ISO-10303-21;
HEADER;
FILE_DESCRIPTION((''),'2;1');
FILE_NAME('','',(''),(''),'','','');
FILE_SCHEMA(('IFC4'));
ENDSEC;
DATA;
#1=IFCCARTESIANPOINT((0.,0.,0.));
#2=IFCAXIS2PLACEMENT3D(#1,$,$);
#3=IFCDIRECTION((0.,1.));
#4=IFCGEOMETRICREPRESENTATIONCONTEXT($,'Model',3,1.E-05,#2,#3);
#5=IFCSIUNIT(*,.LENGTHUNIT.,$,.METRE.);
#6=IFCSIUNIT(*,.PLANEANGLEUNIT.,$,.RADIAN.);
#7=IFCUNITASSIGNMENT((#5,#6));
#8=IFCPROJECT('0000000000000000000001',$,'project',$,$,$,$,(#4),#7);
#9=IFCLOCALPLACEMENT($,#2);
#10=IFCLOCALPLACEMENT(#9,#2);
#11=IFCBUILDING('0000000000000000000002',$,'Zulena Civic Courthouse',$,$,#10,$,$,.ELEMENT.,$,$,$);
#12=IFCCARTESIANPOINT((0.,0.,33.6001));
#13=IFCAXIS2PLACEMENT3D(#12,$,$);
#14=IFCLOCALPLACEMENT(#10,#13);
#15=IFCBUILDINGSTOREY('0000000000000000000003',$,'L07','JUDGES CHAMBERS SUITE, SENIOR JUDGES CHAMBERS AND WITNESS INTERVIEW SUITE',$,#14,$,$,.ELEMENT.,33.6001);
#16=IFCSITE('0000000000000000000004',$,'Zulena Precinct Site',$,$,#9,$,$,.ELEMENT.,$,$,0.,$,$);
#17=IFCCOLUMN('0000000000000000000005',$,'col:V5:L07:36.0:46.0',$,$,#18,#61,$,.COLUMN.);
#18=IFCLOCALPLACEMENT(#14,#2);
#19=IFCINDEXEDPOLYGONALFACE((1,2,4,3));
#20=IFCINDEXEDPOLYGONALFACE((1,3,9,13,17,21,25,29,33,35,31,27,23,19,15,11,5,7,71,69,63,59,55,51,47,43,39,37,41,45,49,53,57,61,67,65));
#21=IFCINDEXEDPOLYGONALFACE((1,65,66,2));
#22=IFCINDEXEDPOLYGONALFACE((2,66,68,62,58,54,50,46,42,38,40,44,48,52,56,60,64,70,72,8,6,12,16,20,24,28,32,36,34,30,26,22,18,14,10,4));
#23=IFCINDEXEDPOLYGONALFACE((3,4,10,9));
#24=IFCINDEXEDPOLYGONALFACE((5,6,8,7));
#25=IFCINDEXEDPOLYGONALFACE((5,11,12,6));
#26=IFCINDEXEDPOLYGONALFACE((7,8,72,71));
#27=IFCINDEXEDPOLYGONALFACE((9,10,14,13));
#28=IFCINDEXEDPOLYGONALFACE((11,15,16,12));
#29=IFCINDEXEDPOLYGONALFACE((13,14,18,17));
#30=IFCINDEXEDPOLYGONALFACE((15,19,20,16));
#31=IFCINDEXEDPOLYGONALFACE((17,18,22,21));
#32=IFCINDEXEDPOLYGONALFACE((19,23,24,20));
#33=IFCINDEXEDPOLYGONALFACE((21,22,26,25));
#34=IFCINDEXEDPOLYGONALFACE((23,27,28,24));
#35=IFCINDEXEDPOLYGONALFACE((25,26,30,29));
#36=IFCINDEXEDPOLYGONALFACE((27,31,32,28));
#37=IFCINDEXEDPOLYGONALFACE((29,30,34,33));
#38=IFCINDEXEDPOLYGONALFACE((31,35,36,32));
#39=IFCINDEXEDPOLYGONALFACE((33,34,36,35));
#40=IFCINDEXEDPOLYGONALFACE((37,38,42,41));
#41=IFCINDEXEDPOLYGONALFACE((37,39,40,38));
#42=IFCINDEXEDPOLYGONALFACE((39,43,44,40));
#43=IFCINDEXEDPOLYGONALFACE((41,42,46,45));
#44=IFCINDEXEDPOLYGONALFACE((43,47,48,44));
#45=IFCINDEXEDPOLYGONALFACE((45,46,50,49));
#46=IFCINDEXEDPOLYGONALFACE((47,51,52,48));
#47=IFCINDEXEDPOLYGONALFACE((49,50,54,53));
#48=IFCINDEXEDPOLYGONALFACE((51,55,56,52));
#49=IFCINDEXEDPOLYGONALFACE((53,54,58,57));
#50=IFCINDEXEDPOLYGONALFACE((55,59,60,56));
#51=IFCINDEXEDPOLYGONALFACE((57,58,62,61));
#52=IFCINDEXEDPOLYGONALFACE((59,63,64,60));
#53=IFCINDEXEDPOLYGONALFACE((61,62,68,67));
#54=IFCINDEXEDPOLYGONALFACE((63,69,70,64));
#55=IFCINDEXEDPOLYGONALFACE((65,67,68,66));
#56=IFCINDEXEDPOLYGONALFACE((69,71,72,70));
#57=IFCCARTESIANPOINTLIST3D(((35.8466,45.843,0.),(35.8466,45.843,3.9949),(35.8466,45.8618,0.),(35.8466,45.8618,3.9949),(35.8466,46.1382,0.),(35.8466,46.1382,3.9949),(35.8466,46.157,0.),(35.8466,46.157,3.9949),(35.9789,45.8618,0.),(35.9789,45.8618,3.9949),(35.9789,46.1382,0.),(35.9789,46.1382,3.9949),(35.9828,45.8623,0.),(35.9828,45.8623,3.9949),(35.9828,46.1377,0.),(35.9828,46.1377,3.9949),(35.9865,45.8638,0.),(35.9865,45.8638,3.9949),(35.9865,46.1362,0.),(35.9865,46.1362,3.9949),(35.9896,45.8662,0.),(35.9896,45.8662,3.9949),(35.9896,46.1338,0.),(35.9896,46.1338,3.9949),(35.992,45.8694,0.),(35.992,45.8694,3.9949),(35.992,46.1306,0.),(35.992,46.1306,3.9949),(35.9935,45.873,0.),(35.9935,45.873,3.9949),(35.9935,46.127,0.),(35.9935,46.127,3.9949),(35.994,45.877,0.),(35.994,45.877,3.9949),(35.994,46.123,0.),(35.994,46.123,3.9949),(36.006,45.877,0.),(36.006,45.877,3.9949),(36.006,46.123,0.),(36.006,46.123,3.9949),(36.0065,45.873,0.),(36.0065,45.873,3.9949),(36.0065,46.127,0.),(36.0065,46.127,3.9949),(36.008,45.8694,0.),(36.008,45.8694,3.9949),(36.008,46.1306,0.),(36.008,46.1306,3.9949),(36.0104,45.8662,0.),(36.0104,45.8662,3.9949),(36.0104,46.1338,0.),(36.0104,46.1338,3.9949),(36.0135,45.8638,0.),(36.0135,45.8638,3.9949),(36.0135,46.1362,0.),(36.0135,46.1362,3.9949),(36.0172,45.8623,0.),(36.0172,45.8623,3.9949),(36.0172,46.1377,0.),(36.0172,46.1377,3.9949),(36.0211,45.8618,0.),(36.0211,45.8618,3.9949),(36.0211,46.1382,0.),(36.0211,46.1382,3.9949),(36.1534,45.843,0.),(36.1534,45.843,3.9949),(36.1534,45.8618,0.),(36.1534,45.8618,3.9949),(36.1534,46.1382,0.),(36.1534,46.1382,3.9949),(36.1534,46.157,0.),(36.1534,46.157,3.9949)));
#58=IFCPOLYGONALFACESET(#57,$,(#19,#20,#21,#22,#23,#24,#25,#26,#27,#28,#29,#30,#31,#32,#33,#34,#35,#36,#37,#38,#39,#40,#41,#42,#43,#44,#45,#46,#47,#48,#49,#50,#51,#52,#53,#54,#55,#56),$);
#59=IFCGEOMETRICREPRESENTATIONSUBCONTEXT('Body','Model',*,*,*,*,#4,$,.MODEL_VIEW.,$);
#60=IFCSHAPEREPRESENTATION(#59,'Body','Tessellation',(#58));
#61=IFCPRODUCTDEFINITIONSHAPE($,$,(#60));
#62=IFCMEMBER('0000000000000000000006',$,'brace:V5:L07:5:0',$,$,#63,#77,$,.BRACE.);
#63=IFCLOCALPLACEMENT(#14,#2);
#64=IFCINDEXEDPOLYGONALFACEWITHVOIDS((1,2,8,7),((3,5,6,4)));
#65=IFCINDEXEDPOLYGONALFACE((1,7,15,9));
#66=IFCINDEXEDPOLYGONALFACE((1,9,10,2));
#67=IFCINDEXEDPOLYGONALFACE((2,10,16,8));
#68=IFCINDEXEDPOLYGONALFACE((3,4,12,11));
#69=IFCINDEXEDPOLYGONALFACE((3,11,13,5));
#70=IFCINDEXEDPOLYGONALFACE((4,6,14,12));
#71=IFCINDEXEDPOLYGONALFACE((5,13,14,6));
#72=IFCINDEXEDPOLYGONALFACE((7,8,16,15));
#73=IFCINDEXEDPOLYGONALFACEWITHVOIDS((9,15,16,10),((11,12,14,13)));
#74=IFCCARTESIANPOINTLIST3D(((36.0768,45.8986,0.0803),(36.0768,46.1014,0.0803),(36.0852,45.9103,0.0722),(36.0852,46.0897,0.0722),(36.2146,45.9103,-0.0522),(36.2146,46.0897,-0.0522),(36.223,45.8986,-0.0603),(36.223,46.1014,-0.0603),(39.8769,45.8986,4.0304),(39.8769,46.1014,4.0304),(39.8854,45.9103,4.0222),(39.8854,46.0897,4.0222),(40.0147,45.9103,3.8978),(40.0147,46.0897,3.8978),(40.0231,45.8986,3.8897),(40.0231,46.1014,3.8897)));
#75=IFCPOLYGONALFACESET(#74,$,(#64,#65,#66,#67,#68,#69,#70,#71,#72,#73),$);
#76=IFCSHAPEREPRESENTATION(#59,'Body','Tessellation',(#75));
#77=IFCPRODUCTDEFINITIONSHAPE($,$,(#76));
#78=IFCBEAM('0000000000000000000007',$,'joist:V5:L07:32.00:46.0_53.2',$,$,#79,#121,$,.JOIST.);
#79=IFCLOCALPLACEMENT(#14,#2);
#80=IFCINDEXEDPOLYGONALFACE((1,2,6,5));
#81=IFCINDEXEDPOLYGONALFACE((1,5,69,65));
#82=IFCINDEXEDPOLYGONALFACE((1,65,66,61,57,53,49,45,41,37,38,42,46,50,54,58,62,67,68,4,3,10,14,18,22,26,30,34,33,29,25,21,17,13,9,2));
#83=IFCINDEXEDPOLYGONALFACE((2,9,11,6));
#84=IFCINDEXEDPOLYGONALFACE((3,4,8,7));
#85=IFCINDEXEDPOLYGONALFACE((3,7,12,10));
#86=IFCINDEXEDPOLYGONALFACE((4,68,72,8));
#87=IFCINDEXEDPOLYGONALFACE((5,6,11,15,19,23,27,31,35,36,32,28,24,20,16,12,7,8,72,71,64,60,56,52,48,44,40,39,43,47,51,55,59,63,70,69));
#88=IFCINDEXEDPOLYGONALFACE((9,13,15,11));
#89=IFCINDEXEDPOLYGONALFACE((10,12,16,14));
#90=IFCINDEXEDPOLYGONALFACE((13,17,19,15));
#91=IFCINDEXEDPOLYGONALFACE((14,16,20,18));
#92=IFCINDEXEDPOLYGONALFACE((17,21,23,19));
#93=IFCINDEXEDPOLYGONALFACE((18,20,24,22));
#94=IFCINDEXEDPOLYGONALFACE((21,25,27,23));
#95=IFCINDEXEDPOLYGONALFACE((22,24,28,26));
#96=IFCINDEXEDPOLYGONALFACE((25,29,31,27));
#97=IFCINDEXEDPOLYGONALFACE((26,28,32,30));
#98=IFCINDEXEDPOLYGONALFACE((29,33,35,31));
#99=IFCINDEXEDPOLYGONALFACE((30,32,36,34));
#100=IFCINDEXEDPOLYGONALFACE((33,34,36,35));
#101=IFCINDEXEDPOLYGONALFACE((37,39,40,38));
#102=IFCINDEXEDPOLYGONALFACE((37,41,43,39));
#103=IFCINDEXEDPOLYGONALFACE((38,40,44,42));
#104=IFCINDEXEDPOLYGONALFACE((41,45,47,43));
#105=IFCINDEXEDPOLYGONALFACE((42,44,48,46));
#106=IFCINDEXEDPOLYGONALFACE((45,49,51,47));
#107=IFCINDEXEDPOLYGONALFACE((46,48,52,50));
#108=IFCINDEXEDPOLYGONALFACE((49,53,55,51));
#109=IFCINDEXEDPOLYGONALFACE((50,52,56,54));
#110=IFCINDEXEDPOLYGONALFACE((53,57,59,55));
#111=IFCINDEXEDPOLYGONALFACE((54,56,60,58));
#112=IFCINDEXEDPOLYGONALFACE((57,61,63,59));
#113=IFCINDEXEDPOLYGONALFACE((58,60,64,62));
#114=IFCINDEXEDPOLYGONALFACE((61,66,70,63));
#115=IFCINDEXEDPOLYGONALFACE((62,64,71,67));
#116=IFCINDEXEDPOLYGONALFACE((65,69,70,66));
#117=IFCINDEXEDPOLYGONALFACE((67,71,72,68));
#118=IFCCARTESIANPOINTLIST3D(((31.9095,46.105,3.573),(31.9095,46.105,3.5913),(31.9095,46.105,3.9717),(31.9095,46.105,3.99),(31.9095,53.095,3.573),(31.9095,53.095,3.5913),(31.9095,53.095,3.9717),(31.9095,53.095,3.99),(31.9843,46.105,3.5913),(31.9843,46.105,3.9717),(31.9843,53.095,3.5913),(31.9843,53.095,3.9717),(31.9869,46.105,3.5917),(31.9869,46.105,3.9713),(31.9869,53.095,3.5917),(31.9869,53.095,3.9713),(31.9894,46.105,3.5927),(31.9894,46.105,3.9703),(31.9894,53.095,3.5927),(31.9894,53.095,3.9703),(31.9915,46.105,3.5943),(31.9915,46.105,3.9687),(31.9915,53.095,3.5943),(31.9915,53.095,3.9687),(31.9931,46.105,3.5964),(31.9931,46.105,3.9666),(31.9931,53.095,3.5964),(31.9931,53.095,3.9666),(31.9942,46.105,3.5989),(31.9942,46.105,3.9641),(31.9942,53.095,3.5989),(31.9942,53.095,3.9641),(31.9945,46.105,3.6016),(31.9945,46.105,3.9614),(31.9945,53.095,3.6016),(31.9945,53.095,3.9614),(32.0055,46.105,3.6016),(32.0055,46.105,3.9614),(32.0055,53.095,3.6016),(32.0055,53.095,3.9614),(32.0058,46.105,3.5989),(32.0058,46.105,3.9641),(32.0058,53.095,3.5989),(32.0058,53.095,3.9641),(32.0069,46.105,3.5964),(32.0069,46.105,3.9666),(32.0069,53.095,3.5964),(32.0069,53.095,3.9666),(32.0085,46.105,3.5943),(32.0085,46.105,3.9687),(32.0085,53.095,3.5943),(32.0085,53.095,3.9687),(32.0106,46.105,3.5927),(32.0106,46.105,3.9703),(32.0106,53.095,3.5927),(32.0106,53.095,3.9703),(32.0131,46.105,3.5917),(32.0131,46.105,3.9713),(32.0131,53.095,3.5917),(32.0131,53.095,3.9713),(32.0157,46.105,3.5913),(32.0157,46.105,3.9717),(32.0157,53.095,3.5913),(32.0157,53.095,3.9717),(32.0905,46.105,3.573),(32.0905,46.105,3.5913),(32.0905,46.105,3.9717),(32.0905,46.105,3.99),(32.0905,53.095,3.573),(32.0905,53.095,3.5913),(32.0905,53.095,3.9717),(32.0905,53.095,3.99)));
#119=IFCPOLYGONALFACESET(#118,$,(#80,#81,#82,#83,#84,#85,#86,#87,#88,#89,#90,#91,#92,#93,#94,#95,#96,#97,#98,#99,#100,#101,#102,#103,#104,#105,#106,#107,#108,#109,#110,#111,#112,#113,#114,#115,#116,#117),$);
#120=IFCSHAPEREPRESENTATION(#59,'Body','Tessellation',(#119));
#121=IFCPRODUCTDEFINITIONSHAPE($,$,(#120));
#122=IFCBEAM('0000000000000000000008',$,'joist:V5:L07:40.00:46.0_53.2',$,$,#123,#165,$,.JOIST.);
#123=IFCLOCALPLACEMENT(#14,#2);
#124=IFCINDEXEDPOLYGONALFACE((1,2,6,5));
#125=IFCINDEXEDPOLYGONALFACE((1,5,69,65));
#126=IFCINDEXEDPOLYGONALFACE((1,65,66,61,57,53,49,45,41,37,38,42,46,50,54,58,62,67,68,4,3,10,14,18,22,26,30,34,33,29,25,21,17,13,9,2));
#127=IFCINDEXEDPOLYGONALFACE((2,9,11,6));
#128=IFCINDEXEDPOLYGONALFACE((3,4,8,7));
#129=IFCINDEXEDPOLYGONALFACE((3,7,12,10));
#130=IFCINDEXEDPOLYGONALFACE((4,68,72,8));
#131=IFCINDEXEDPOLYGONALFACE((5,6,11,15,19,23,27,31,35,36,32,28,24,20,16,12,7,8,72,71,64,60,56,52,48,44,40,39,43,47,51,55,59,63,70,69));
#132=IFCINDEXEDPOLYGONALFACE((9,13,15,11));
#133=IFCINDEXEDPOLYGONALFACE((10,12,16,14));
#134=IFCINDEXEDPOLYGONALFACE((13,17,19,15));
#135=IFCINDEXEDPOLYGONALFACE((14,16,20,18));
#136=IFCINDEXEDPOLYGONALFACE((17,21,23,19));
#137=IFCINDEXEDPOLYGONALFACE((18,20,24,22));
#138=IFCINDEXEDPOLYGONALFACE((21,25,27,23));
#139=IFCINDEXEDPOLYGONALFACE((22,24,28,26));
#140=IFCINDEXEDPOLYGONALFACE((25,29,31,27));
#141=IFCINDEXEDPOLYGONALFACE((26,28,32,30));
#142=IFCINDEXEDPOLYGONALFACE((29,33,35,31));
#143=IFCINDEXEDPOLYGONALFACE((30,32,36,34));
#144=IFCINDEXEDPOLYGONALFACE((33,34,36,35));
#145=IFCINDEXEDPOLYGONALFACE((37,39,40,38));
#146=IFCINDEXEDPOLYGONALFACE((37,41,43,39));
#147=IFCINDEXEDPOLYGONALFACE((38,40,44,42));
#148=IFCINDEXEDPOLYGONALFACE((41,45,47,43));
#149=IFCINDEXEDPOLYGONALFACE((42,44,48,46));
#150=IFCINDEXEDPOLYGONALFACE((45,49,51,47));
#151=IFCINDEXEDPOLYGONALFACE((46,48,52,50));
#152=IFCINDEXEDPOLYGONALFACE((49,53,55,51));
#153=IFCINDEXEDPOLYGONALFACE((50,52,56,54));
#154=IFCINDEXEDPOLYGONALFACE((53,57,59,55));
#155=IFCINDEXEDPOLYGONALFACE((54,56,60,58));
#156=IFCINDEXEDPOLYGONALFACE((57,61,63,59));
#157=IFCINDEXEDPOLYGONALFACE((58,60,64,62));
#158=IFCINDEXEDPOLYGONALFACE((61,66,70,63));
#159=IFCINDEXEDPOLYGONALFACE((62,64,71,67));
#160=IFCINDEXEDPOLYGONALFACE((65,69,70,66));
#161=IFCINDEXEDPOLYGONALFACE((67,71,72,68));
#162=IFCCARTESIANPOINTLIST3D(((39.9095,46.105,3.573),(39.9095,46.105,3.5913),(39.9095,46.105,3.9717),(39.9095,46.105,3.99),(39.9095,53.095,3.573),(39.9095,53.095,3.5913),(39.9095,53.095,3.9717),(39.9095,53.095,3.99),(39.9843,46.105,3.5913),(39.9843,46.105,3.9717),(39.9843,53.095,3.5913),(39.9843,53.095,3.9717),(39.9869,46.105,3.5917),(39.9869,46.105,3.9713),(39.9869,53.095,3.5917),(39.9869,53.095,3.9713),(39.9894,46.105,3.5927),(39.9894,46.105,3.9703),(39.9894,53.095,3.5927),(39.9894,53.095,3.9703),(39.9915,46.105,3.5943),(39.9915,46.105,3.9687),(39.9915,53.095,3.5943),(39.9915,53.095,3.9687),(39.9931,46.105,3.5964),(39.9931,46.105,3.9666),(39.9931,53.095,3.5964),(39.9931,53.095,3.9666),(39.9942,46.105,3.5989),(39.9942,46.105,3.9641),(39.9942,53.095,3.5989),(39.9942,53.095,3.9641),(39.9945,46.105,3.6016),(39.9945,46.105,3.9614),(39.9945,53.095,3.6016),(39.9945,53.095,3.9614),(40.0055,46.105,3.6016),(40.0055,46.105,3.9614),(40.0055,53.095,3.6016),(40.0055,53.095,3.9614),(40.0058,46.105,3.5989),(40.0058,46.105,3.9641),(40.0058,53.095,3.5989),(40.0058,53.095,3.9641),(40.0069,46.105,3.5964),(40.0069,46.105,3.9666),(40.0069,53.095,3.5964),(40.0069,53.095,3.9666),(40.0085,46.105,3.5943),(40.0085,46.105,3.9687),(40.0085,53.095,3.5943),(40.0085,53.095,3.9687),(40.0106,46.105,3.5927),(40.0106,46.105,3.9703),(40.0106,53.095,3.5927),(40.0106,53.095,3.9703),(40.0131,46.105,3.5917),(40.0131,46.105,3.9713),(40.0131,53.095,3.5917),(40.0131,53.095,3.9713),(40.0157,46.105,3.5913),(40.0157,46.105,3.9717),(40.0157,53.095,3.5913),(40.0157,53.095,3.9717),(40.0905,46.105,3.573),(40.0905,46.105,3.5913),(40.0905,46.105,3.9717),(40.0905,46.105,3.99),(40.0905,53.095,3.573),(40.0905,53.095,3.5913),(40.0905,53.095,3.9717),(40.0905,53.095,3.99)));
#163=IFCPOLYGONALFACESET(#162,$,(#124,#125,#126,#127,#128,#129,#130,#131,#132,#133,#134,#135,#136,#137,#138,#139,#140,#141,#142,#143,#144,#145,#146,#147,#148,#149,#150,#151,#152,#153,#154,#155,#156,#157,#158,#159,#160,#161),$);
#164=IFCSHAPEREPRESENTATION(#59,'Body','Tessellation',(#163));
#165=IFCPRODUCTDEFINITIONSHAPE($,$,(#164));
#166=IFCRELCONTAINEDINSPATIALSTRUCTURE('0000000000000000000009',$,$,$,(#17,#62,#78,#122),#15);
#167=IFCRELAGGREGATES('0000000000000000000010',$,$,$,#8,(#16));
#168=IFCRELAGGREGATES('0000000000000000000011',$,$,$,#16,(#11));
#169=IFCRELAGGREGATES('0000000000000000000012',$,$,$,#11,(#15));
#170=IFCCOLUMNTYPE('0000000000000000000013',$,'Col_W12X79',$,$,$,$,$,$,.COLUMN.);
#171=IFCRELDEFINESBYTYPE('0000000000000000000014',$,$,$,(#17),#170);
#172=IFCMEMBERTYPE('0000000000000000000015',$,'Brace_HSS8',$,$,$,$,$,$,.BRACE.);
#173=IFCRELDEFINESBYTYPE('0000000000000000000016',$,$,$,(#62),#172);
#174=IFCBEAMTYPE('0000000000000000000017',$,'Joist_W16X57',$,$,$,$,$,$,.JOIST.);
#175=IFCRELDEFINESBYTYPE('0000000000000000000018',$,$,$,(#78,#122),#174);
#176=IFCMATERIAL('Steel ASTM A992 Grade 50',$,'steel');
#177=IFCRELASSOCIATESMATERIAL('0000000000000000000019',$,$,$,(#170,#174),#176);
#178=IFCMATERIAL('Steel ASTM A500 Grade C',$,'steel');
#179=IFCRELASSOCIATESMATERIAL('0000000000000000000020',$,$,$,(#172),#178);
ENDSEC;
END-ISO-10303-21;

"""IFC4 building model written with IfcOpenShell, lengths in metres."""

from ifc_helpers import new_model, si_unit, direction, frame, origin, origin_2d, place, context, subcontext, project, spatial, hollow_rectangle, i_section, extrude, material, material_profile, profile_set, type_object, element, save


model = new_model("IFC4")

# Units and contexts
model_context = context("Model", 3, precision=1e-05, world=origin(), true_north=direction((0.0, 1.0)))
body_context = subcontext(model_context, "Body", "Model", "MODEL_VIEW")
ifc_project = project(units=[si_unit("LENGTHUNIT", "METRE"), si_unit("PLANEANGLEUNIT", "RADIAN")], contexts=[model_context])

# Site, building, storey
site_placement = place(None, origin())
site = spatial("IfcSite", under=ifc_project, at=site_placement, Name="Zulena Precinct Site", CompositionType="ELEMENT", RefElevation=0.0)
building_placement = place(site_placement, origin())
building = spatial("IfcBuilding", under=site, at=building_placement, Name="Zulena Civic Courthouse", CompositionType="ELEMENT")
storey_placement = place(building_placement, frame((0.0, 0.0, 33.6001)))
storey = spatial("IfcBuildingStorey", under=building, at=storey_placement, Name="L07", Description="JUDGES CHAMBERS SUITE, SENIOR JUDGES CHAMBERS AND WITNESS INTERVIEW SUITE", CompositionType="ELEMENT", Elevation=33.6001)

# Column
ifc_material_1 = material(Name="Steel ASTM A992 Grade 50", Category="steel")
ifc_material_profile_1 = material_profile(ifc_material_1, i_section(OverallWidth=0.3069, OverallDepth=0.314, WebThickness=0.012, FlangeThickness=0.0188, FilletRadius=0.0151, at=origin_2d()), Name="W12X79")
ifc_profile_set_1 = profile_set([ifc_material_profile_1], Name="Steel ASTM A992 Grade 50")
column_type = type_object("IfcColumnType", Name="Col_W12X79", PredefinedType="COLUMN", material=ifc_profile_set_1)
column_placement = place(storey_placement, frame((36.0, 46.0, 0.0), z_axis=(0.0, 0.0, 1.0), x_axis=(1.0, 0.0, 0.0)))
element("IfcColumn", 1, at=column_placement, inside=storey, type_object=column_type, Name="col:V5:L07:36.0:46.0", PredefinedType="COLUMN", context=body_context, shape_type="SweptSolid", body=[
    extrude(i_section(OverallWidth=0.3069, OverallDepth=0.314, WebThickness=0.012, FlangeThickness=0.0188, FilletRadius=0.0151, at=origin_2d()), origin(), (0.0, 0.0, 1.0), 3.9949),
])

# Member
ifc_material_2 = material(Name="Steel ASTM A500 Grade C", Category="steel")
ifc_material_profile_2 = material_profile(ifc_material_2, hollow_rectangle(XDim=0.2029, YDim=0.2029, WallThickness=0.0117, at=origin_2d()), Name="HSS8X8X1/2")
ifc_profile_set_2 = profile_set([ifc_material_profile_2], Name="Steel ASTM A500 Grade C")
member_type = type_object("IfcMemberType", Name="Brace_HSS8", PredefinedType="BRACE", material=ifc_profile_set_2)
member_placement = place(storey_placement, frame((36.1499, 46.0, 0.01), z_axis=(0.6933, 0.0, 0.720649), x_axis=(0.0, 1.0, 0.0)))
element("IfcMember", 2, at=member_placement, inside=storey, type_object=member_type, Name="brace:V5:L07:5:0", PredefinedType="BRACE", context=body_context, shape_type="SweptSolid", body=[
    extrude(hollow_rectangle(XDim=0.2029, YDim=0.2029, WallThickness=0.0117, at=origin_2d()), origin(), (0.0, 0.0, 1.0), 5.4812),
])

# Beams
ifc_material_profile_3 = material_profile(ifc_material_1, i_section(OverallWidth=0.1809, OverallDepth=0.417, WebThickness=0.011, FlangeThickness=0.0183, FilletRadius=0.0103, at=origin_2d()), Name="W16X57")
ifc_profile_set_3 = profile_set([ifc_material_profile_3], Name="Steel ASTM A992 Grade 50")
beam_type_1 = type_object("IfcBeamType", Name="Joist_W16X57", PredefinedType="JOIST", material=ifc_profile_set_3)
for number, where, z_axis, x_axis, name in (
    (3, (32.0, 46.105, 3.7815), (0.0, 1.0, 0.0), (-1.0, 0.0, 0.0), "joist:V5:L07:32.00:46.0_53.2"),
    (4, (40.0, 46.105, 3.7815), (0.0, 1.0, 0.0), (-1.0, 0.0, 0.0), "joist:V5:L07:40.00:46.0_53.2"),
):
    element("IfcBeam", number, at=place(storey_placement, frame(where, z_axis=z_axis, x_axis=x_axis)), inside=storey, type_object=beam_type_1, Name=name, PredefinedType="JOIST", context=body_context, shape_type="SweptSolid", body=[
        extrude(i_section(OverallWidth=0.1809, OverallDepth=0.417, WebThickness=0.011, FlangeThickness=0.0183, FilletRadius=0.0103, at=origin_2d()), origin(), (0.0, 0.0, 1.0), 6.99),
    ])

save(model, "model.ifc")
